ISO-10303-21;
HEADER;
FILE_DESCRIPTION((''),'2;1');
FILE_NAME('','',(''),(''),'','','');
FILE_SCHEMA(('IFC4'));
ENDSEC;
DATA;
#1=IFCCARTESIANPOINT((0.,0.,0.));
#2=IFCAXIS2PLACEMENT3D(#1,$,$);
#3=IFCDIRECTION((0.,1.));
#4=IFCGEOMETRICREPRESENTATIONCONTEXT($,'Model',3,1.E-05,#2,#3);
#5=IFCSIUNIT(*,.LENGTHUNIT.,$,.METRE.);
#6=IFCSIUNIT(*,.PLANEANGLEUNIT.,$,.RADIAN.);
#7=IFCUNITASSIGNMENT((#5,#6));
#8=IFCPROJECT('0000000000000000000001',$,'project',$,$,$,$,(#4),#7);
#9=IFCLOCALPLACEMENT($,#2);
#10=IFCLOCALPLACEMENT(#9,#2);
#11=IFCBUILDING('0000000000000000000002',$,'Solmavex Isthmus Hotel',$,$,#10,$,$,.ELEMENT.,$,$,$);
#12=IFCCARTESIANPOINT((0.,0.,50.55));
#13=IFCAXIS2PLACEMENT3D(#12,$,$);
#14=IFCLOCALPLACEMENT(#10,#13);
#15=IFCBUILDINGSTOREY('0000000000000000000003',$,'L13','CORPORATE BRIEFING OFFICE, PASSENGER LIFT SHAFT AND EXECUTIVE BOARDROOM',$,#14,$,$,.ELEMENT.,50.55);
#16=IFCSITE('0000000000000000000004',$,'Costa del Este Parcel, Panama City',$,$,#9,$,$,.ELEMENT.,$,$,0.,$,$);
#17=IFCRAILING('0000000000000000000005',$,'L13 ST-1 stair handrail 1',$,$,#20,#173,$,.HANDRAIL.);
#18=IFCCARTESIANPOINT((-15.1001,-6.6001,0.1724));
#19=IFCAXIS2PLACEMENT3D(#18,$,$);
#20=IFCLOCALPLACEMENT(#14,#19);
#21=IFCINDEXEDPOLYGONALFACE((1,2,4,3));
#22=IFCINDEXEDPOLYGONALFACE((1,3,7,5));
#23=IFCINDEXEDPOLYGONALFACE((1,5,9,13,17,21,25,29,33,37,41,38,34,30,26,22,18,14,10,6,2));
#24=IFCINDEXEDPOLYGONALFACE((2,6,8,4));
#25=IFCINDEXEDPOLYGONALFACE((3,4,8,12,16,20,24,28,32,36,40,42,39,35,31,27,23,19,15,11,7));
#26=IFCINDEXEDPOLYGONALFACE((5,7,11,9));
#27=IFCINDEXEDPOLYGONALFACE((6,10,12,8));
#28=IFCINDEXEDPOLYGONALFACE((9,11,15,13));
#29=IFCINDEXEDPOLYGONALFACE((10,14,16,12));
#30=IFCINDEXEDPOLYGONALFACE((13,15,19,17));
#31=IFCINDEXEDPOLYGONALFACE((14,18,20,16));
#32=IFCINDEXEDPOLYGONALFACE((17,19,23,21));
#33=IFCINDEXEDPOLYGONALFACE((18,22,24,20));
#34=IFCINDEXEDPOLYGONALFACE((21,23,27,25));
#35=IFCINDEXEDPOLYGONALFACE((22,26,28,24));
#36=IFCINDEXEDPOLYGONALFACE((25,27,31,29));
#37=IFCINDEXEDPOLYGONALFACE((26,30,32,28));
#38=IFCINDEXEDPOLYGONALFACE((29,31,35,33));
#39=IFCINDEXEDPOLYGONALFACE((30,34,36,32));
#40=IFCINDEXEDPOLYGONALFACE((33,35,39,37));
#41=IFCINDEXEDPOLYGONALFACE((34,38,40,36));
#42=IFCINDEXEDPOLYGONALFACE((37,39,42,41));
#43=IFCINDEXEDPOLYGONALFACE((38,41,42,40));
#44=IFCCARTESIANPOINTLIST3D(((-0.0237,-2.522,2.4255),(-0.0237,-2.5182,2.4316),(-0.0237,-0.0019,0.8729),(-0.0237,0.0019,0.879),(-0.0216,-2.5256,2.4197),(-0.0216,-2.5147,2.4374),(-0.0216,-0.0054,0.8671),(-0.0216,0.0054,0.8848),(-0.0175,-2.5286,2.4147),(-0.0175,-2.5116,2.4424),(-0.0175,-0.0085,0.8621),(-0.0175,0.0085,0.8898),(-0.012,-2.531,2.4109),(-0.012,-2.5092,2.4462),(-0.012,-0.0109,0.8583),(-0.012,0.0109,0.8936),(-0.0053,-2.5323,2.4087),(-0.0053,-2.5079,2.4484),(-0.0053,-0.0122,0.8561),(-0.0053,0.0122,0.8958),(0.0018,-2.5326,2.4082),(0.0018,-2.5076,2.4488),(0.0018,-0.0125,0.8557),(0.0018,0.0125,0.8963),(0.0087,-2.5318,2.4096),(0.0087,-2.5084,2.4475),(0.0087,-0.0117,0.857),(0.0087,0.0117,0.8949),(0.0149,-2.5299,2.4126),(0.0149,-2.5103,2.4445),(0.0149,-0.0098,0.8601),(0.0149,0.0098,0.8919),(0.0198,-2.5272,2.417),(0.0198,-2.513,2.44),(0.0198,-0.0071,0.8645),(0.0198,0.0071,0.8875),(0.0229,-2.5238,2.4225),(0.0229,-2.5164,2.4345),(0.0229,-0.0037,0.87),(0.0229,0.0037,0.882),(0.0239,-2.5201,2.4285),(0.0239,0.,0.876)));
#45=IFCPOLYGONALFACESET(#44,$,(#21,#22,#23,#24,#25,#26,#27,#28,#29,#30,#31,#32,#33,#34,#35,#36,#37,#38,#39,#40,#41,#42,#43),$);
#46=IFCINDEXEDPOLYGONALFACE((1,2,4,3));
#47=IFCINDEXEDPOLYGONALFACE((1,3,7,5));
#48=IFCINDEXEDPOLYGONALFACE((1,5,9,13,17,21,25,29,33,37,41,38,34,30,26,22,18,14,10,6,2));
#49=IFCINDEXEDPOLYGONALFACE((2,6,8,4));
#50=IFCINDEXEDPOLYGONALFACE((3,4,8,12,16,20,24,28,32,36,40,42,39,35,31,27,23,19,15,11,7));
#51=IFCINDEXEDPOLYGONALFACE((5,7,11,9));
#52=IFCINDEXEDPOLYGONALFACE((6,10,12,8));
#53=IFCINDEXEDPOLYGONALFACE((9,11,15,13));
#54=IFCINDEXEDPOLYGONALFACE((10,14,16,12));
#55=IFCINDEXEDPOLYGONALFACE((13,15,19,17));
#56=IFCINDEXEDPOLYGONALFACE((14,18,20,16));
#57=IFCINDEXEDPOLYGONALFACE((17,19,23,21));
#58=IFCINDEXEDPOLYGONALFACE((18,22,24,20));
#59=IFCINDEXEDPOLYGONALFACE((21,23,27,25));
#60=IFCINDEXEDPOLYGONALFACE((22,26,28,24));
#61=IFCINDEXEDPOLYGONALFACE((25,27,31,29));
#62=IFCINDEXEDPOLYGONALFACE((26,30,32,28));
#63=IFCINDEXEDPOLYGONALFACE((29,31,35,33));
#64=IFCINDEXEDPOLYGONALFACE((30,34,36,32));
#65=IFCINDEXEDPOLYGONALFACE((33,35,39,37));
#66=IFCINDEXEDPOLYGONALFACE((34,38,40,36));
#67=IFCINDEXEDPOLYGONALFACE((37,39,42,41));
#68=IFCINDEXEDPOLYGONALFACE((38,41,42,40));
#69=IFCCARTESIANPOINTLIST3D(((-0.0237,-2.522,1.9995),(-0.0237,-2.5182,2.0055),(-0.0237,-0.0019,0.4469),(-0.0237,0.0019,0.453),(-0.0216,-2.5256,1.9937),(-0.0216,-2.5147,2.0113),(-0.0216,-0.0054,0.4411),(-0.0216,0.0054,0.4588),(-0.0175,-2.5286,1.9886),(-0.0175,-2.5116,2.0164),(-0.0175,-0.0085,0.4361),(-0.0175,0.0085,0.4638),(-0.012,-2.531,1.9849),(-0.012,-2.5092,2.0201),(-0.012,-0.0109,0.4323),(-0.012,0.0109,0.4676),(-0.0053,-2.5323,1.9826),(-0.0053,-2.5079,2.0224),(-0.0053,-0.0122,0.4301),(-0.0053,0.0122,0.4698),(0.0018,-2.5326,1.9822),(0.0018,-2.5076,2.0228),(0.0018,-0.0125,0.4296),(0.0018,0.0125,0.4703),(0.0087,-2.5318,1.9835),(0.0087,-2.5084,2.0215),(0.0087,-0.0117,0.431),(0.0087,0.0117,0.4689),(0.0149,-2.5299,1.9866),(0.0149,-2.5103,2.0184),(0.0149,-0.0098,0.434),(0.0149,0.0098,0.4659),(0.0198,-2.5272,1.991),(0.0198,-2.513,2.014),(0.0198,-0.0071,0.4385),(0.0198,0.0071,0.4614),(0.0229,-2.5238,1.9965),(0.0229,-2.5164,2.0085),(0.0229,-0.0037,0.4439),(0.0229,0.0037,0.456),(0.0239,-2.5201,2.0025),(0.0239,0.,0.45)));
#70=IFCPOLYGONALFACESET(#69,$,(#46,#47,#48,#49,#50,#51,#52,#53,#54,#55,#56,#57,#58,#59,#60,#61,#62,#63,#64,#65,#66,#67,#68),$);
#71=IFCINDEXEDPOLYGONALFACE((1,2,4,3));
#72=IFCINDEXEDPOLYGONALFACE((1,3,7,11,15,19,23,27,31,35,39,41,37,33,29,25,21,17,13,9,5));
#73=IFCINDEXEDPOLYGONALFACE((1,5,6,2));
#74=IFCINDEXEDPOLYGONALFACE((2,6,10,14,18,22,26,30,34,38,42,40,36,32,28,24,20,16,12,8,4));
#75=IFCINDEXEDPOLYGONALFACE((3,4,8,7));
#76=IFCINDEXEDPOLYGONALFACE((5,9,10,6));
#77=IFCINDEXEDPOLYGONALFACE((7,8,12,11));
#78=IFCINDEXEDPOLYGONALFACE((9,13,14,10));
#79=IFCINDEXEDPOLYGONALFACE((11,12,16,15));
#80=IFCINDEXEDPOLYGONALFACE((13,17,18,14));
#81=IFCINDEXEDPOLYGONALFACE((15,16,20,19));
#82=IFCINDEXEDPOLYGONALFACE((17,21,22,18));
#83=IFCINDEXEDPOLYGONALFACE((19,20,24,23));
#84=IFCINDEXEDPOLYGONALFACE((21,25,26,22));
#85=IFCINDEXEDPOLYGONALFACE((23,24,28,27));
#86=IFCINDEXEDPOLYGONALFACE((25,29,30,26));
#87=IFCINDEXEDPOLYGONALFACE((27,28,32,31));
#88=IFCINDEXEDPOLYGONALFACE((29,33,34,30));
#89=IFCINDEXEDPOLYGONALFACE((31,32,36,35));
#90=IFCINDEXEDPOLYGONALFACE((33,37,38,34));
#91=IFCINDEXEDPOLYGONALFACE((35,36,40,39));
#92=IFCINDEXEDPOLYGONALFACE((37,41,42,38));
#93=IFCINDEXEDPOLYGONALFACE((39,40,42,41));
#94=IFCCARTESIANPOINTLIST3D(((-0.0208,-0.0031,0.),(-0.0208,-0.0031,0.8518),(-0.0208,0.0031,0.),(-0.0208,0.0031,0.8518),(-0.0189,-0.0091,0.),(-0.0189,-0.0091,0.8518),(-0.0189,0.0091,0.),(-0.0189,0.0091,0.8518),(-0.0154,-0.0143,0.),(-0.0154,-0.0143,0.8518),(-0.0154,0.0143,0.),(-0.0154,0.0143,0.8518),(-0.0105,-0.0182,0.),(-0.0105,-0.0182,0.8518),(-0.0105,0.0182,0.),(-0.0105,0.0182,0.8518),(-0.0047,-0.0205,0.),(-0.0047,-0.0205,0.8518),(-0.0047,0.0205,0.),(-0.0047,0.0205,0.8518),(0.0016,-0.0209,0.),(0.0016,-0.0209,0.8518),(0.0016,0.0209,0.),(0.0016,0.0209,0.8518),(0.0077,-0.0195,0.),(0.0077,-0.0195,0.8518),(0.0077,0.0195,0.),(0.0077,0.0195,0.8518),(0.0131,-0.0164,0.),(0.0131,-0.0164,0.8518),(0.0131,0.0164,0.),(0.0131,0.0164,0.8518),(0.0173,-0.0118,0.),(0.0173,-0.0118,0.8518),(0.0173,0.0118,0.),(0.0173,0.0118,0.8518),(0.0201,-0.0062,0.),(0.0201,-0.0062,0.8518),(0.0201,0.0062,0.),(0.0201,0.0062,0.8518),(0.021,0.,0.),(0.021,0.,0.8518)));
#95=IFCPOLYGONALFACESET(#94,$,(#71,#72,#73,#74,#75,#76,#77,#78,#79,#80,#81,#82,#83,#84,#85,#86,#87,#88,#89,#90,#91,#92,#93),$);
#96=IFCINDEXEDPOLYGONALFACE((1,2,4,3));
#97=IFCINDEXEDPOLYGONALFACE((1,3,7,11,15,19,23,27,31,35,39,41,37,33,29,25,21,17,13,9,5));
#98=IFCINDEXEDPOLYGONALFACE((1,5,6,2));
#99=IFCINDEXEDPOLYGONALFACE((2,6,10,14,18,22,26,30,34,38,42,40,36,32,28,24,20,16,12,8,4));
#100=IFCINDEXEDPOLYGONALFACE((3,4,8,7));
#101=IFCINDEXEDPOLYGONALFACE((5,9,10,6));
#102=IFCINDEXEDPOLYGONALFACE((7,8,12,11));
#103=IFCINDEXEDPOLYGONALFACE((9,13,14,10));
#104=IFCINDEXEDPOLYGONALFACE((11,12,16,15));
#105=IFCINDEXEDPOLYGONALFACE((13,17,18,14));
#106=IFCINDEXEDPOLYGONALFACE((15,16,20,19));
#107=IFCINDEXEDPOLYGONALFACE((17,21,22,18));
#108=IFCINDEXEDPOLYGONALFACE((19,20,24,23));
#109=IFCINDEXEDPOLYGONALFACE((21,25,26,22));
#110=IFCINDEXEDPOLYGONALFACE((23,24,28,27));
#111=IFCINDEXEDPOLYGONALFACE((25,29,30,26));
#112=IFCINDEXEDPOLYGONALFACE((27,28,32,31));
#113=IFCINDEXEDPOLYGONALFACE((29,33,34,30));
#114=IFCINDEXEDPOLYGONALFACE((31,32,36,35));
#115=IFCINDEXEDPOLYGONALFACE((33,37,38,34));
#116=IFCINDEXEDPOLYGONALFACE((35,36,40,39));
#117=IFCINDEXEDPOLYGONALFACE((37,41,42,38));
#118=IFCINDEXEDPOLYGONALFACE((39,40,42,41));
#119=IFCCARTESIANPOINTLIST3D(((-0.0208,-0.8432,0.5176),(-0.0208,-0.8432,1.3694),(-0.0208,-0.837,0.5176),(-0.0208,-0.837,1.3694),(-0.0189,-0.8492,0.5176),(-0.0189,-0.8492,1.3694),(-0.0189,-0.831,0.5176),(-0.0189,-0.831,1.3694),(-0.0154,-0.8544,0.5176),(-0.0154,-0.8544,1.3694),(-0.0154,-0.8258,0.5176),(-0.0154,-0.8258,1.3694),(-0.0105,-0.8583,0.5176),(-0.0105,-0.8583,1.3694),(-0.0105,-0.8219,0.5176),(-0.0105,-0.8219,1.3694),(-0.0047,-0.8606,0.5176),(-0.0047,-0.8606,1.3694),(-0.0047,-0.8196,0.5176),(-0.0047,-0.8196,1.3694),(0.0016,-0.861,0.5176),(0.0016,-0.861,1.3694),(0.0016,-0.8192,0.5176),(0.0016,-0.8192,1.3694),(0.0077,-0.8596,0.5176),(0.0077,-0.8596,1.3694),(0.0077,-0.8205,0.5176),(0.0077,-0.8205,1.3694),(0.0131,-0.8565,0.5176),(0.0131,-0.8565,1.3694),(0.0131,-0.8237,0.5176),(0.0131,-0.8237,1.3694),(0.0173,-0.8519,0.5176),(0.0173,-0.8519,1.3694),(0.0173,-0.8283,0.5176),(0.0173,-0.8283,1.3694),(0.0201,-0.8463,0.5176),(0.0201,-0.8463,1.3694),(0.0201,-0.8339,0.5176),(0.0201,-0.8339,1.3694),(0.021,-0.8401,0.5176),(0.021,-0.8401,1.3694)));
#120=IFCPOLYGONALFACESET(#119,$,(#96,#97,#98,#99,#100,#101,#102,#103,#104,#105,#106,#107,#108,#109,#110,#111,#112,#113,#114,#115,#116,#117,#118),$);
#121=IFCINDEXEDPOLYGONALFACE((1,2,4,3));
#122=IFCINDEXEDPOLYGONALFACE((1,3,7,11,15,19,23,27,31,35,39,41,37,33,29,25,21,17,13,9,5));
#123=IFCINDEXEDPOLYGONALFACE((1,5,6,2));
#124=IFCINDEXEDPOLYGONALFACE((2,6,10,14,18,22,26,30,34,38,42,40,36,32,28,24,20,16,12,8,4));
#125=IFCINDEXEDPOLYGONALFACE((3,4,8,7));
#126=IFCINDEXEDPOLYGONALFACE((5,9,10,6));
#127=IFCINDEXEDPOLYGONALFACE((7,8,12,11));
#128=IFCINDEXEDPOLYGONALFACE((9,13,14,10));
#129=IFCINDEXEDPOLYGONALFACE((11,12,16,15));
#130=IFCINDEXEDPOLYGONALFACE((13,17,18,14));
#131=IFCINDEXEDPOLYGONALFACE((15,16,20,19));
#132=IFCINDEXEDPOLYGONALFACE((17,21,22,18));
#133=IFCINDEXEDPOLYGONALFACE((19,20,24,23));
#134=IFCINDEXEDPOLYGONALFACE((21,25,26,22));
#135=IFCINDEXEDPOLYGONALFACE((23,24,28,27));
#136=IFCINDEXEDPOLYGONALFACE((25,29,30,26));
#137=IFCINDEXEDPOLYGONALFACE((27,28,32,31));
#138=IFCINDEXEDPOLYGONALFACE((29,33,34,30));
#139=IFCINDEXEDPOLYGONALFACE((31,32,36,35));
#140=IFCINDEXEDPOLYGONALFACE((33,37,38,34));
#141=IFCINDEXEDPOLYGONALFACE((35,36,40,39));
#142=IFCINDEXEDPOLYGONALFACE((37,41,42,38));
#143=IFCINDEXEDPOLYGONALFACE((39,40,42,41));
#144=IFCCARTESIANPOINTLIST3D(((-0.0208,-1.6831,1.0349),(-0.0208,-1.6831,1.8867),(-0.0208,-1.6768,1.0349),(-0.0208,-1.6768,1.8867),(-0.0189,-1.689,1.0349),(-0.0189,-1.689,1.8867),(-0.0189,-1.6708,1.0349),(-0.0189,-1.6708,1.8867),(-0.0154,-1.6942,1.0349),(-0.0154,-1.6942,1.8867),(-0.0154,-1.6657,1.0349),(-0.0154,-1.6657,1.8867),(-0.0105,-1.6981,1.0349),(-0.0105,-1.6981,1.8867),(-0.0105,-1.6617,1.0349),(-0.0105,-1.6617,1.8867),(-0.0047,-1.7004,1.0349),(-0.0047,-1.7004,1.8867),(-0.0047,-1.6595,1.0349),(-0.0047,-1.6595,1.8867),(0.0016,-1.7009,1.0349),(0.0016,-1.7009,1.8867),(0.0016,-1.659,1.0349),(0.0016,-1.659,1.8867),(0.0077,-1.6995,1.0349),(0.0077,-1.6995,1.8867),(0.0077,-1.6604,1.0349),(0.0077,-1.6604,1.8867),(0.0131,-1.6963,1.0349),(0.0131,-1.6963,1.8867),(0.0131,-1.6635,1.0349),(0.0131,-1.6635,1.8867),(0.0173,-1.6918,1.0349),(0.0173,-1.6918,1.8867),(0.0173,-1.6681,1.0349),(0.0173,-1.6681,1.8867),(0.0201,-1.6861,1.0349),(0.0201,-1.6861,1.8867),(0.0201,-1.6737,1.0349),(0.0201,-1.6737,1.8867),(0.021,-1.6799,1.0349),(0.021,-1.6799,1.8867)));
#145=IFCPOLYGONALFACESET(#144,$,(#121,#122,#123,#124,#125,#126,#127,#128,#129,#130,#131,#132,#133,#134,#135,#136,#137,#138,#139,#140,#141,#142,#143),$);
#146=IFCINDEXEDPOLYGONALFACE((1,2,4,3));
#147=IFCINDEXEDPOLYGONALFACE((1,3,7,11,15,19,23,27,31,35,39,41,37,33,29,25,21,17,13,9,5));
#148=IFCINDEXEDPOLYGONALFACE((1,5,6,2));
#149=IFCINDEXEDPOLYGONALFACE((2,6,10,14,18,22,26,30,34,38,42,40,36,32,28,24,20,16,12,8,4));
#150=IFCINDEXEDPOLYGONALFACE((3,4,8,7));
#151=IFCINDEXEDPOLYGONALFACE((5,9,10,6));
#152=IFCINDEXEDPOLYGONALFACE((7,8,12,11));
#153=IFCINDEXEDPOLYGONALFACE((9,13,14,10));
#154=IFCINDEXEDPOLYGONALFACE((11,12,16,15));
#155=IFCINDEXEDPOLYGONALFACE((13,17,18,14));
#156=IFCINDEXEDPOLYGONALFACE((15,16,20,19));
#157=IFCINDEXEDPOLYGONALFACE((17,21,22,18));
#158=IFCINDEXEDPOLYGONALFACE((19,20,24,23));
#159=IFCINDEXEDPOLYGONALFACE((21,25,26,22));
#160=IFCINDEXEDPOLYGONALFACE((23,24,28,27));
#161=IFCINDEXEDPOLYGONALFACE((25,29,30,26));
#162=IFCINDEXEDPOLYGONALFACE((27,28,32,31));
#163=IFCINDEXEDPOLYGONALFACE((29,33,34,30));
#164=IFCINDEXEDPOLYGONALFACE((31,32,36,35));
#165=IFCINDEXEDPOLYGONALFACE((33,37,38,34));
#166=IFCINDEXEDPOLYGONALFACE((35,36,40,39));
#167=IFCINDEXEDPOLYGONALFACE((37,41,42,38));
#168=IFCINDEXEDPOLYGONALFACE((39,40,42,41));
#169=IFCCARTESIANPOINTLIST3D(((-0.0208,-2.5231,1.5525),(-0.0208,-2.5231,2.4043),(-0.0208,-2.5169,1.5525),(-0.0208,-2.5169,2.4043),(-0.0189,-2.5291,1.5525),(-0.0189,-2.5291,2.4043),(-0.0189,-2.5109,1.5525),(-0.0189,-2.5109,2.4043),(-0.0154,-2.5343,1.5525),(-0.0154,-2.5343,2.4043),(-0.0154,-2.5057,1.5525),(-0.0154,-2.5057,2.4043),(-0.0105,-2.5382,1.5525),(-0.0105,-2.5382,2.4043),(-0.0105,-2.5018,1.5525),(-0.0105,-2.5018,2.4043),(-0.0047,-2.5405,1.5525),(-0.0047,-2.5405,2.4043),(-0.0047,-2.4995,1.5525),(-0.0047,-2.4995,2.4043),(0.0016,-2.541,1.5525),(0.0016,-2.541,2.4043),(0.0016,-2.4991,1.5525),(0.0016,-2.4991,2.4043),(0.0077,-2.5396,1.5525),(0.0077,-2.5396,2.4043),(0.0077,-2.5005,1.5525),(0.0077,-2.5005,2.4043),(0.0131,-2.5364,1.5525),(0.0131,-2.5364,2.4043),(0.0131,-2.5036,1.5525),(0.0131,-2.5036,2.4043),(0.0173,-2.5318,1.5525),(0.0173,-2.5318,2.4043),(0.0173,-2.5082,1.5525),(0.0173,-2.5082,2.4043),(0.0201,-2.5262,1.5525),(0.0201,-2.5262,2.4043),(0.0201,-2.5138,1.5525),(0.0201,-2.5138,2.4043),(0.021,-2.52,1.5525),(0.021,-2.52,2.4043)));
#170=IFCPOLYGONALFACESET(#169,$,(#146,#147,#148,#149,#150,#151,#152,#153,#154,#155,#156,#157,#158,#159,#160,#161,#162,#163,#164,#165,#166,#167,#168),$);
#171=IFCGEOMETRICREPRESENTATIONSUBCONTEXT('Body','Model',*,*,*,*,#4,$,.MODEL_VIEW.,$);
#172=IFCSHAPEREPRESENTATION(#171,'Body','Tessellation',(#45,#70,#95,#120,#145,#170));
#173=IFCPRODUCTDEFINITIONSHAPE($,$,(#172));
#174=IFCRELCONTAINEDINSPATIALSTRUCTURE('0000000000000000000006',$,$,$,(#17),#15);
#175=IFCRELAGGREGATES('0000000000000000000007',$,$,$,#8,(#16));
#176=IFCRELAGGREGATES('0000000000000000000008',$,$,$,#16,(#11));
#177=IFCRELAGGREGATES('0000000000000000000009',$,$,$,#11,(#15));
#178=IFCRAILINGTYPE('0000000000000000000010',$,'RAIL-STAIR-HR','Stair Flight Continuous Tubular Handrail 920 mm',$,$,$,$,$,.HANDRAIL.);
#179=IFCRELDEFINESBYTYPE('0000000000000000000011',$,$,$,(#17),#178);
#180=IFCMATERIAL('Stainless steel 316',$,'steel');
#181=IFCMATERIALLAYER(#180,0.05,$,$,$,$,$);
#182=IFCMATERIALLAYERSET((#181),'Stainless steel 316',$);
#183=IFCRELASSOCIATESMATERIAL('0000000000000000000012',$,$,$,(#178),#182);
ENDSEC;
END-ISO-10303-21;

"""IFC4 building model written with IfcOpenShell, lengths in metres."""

from ifc_helpers import new_model, si_unit, direction, frame, origin, origin_2d, place, context, subcontext, project, spatial, circle, extrude, material, layer, layer_set, type_object, element, save


model = new_model("IFC4")

# Units and contexts
model_context = context("Model", 3, precision=1e-05, world=origin(), true_north=direction((0.0, 1.0)))
body_context = subcontext(model_context, "Body", "Model", "MODEL_VIEW")
ifc_project = project(units=[si_unit("LENGTHUNIT", "METRE"), si_unit("PLANEANGLEUNIT", "RADIAN")], contexts=[model_context])

# Site, building, storey
site_placement = place(None, origin())
site = spatial("IfcSite", under=ifc_project, at=site_placement, Name="Costa del Este Parcel, Panama City", CompositionType="ELEMENT", RefElevation=0.0)
building_placement = place(site_placement, origin())
building = spatial("IfcBuilding", under=site, at=building_placement, Name="Solmavex Isthmus Hotel", CompositionType="ELEMENT")
storey_placement = place(building_placement, frame((0.0, 0.0, 50.55)))
storey = spatial("IfcBuildingStorey", under=building, at=storey_placement, Name="L13", Description="CORPORATE BRIEFING OFFICE, PASSENGER LIFT SHAFT AND EXECUTIVE BOARDROOM", CompositionType="ELEMENT", Elevation=50.55)

# Railing
ifc_material_1 = material(Name="Stainless steel 316", Category="steel")
ifc_layer_1 = layer(ifc_material_1, 0.05)
ifc_layer_set_1 = layer_set([ifc_layer_1], Name="Stainless steel 316")
railing_type_1 = type_object("IfcRailingType", Name="RAIL-STAIR-HR", Description="Stair Flight Continuous Tubular Handrail 920 mm", PredefinedType="HANDRAIL", material=ifc_layer_set_1)
railing_1_placement = place(storey_placement, frame((-15.1001, -6.6001, 0.1724)))
element("IfcRailing", 1, at=railing_1_placement, inside=storey, type_object=railing_type_1, Name="L13 ST-1 stair handrail 1", PredefinedType="HANDRAIL", context=body_context, shape_type="SweptSolid", body=[
    extrude(circle(Radius=0.0239, at=origin_2d()), frame((0.0, 0.0, 0.876), z_axis=(0.0, -0.8514, 0.524516), x_axis=(1.0, 0.0, 0.0)), (0.0, 0.0, 1.0), 2.96),
    extrude(circle(Radius=0.0239, at=origin_2d()), frame((0.0, 0.0, 0.45), z_axis=(0.0, -0.8514, 0.524516), x_axis=(1.0, 0.0, 0.0)), (0.0, 0.0, 1.0), 2.96),
    extrude(circle(Radius=0.021, at=origin_2d()), origin(), (0.0, 0.0, 1.0), 0.8518),
    extrude(circle(Radius=0.021, at=origin_2d()), frame((0.0, -0.8401, 0.5176)), (0.0, 0.0, 1.0), 0.8518),
    extrude(circle(Radius=0.021, at=origin_2d()), frame((0.0, -1.6799, 1.0349)), (0.0, 0.0, 1.0), 0.8518),
    extrude(circle(Radius=0.021, at=origin_2d()), frame((0.0, -2.52, 1.5525)), (0.0, 0.0, 1.0), 0.8518),
])

save(model, "model.ifc")
